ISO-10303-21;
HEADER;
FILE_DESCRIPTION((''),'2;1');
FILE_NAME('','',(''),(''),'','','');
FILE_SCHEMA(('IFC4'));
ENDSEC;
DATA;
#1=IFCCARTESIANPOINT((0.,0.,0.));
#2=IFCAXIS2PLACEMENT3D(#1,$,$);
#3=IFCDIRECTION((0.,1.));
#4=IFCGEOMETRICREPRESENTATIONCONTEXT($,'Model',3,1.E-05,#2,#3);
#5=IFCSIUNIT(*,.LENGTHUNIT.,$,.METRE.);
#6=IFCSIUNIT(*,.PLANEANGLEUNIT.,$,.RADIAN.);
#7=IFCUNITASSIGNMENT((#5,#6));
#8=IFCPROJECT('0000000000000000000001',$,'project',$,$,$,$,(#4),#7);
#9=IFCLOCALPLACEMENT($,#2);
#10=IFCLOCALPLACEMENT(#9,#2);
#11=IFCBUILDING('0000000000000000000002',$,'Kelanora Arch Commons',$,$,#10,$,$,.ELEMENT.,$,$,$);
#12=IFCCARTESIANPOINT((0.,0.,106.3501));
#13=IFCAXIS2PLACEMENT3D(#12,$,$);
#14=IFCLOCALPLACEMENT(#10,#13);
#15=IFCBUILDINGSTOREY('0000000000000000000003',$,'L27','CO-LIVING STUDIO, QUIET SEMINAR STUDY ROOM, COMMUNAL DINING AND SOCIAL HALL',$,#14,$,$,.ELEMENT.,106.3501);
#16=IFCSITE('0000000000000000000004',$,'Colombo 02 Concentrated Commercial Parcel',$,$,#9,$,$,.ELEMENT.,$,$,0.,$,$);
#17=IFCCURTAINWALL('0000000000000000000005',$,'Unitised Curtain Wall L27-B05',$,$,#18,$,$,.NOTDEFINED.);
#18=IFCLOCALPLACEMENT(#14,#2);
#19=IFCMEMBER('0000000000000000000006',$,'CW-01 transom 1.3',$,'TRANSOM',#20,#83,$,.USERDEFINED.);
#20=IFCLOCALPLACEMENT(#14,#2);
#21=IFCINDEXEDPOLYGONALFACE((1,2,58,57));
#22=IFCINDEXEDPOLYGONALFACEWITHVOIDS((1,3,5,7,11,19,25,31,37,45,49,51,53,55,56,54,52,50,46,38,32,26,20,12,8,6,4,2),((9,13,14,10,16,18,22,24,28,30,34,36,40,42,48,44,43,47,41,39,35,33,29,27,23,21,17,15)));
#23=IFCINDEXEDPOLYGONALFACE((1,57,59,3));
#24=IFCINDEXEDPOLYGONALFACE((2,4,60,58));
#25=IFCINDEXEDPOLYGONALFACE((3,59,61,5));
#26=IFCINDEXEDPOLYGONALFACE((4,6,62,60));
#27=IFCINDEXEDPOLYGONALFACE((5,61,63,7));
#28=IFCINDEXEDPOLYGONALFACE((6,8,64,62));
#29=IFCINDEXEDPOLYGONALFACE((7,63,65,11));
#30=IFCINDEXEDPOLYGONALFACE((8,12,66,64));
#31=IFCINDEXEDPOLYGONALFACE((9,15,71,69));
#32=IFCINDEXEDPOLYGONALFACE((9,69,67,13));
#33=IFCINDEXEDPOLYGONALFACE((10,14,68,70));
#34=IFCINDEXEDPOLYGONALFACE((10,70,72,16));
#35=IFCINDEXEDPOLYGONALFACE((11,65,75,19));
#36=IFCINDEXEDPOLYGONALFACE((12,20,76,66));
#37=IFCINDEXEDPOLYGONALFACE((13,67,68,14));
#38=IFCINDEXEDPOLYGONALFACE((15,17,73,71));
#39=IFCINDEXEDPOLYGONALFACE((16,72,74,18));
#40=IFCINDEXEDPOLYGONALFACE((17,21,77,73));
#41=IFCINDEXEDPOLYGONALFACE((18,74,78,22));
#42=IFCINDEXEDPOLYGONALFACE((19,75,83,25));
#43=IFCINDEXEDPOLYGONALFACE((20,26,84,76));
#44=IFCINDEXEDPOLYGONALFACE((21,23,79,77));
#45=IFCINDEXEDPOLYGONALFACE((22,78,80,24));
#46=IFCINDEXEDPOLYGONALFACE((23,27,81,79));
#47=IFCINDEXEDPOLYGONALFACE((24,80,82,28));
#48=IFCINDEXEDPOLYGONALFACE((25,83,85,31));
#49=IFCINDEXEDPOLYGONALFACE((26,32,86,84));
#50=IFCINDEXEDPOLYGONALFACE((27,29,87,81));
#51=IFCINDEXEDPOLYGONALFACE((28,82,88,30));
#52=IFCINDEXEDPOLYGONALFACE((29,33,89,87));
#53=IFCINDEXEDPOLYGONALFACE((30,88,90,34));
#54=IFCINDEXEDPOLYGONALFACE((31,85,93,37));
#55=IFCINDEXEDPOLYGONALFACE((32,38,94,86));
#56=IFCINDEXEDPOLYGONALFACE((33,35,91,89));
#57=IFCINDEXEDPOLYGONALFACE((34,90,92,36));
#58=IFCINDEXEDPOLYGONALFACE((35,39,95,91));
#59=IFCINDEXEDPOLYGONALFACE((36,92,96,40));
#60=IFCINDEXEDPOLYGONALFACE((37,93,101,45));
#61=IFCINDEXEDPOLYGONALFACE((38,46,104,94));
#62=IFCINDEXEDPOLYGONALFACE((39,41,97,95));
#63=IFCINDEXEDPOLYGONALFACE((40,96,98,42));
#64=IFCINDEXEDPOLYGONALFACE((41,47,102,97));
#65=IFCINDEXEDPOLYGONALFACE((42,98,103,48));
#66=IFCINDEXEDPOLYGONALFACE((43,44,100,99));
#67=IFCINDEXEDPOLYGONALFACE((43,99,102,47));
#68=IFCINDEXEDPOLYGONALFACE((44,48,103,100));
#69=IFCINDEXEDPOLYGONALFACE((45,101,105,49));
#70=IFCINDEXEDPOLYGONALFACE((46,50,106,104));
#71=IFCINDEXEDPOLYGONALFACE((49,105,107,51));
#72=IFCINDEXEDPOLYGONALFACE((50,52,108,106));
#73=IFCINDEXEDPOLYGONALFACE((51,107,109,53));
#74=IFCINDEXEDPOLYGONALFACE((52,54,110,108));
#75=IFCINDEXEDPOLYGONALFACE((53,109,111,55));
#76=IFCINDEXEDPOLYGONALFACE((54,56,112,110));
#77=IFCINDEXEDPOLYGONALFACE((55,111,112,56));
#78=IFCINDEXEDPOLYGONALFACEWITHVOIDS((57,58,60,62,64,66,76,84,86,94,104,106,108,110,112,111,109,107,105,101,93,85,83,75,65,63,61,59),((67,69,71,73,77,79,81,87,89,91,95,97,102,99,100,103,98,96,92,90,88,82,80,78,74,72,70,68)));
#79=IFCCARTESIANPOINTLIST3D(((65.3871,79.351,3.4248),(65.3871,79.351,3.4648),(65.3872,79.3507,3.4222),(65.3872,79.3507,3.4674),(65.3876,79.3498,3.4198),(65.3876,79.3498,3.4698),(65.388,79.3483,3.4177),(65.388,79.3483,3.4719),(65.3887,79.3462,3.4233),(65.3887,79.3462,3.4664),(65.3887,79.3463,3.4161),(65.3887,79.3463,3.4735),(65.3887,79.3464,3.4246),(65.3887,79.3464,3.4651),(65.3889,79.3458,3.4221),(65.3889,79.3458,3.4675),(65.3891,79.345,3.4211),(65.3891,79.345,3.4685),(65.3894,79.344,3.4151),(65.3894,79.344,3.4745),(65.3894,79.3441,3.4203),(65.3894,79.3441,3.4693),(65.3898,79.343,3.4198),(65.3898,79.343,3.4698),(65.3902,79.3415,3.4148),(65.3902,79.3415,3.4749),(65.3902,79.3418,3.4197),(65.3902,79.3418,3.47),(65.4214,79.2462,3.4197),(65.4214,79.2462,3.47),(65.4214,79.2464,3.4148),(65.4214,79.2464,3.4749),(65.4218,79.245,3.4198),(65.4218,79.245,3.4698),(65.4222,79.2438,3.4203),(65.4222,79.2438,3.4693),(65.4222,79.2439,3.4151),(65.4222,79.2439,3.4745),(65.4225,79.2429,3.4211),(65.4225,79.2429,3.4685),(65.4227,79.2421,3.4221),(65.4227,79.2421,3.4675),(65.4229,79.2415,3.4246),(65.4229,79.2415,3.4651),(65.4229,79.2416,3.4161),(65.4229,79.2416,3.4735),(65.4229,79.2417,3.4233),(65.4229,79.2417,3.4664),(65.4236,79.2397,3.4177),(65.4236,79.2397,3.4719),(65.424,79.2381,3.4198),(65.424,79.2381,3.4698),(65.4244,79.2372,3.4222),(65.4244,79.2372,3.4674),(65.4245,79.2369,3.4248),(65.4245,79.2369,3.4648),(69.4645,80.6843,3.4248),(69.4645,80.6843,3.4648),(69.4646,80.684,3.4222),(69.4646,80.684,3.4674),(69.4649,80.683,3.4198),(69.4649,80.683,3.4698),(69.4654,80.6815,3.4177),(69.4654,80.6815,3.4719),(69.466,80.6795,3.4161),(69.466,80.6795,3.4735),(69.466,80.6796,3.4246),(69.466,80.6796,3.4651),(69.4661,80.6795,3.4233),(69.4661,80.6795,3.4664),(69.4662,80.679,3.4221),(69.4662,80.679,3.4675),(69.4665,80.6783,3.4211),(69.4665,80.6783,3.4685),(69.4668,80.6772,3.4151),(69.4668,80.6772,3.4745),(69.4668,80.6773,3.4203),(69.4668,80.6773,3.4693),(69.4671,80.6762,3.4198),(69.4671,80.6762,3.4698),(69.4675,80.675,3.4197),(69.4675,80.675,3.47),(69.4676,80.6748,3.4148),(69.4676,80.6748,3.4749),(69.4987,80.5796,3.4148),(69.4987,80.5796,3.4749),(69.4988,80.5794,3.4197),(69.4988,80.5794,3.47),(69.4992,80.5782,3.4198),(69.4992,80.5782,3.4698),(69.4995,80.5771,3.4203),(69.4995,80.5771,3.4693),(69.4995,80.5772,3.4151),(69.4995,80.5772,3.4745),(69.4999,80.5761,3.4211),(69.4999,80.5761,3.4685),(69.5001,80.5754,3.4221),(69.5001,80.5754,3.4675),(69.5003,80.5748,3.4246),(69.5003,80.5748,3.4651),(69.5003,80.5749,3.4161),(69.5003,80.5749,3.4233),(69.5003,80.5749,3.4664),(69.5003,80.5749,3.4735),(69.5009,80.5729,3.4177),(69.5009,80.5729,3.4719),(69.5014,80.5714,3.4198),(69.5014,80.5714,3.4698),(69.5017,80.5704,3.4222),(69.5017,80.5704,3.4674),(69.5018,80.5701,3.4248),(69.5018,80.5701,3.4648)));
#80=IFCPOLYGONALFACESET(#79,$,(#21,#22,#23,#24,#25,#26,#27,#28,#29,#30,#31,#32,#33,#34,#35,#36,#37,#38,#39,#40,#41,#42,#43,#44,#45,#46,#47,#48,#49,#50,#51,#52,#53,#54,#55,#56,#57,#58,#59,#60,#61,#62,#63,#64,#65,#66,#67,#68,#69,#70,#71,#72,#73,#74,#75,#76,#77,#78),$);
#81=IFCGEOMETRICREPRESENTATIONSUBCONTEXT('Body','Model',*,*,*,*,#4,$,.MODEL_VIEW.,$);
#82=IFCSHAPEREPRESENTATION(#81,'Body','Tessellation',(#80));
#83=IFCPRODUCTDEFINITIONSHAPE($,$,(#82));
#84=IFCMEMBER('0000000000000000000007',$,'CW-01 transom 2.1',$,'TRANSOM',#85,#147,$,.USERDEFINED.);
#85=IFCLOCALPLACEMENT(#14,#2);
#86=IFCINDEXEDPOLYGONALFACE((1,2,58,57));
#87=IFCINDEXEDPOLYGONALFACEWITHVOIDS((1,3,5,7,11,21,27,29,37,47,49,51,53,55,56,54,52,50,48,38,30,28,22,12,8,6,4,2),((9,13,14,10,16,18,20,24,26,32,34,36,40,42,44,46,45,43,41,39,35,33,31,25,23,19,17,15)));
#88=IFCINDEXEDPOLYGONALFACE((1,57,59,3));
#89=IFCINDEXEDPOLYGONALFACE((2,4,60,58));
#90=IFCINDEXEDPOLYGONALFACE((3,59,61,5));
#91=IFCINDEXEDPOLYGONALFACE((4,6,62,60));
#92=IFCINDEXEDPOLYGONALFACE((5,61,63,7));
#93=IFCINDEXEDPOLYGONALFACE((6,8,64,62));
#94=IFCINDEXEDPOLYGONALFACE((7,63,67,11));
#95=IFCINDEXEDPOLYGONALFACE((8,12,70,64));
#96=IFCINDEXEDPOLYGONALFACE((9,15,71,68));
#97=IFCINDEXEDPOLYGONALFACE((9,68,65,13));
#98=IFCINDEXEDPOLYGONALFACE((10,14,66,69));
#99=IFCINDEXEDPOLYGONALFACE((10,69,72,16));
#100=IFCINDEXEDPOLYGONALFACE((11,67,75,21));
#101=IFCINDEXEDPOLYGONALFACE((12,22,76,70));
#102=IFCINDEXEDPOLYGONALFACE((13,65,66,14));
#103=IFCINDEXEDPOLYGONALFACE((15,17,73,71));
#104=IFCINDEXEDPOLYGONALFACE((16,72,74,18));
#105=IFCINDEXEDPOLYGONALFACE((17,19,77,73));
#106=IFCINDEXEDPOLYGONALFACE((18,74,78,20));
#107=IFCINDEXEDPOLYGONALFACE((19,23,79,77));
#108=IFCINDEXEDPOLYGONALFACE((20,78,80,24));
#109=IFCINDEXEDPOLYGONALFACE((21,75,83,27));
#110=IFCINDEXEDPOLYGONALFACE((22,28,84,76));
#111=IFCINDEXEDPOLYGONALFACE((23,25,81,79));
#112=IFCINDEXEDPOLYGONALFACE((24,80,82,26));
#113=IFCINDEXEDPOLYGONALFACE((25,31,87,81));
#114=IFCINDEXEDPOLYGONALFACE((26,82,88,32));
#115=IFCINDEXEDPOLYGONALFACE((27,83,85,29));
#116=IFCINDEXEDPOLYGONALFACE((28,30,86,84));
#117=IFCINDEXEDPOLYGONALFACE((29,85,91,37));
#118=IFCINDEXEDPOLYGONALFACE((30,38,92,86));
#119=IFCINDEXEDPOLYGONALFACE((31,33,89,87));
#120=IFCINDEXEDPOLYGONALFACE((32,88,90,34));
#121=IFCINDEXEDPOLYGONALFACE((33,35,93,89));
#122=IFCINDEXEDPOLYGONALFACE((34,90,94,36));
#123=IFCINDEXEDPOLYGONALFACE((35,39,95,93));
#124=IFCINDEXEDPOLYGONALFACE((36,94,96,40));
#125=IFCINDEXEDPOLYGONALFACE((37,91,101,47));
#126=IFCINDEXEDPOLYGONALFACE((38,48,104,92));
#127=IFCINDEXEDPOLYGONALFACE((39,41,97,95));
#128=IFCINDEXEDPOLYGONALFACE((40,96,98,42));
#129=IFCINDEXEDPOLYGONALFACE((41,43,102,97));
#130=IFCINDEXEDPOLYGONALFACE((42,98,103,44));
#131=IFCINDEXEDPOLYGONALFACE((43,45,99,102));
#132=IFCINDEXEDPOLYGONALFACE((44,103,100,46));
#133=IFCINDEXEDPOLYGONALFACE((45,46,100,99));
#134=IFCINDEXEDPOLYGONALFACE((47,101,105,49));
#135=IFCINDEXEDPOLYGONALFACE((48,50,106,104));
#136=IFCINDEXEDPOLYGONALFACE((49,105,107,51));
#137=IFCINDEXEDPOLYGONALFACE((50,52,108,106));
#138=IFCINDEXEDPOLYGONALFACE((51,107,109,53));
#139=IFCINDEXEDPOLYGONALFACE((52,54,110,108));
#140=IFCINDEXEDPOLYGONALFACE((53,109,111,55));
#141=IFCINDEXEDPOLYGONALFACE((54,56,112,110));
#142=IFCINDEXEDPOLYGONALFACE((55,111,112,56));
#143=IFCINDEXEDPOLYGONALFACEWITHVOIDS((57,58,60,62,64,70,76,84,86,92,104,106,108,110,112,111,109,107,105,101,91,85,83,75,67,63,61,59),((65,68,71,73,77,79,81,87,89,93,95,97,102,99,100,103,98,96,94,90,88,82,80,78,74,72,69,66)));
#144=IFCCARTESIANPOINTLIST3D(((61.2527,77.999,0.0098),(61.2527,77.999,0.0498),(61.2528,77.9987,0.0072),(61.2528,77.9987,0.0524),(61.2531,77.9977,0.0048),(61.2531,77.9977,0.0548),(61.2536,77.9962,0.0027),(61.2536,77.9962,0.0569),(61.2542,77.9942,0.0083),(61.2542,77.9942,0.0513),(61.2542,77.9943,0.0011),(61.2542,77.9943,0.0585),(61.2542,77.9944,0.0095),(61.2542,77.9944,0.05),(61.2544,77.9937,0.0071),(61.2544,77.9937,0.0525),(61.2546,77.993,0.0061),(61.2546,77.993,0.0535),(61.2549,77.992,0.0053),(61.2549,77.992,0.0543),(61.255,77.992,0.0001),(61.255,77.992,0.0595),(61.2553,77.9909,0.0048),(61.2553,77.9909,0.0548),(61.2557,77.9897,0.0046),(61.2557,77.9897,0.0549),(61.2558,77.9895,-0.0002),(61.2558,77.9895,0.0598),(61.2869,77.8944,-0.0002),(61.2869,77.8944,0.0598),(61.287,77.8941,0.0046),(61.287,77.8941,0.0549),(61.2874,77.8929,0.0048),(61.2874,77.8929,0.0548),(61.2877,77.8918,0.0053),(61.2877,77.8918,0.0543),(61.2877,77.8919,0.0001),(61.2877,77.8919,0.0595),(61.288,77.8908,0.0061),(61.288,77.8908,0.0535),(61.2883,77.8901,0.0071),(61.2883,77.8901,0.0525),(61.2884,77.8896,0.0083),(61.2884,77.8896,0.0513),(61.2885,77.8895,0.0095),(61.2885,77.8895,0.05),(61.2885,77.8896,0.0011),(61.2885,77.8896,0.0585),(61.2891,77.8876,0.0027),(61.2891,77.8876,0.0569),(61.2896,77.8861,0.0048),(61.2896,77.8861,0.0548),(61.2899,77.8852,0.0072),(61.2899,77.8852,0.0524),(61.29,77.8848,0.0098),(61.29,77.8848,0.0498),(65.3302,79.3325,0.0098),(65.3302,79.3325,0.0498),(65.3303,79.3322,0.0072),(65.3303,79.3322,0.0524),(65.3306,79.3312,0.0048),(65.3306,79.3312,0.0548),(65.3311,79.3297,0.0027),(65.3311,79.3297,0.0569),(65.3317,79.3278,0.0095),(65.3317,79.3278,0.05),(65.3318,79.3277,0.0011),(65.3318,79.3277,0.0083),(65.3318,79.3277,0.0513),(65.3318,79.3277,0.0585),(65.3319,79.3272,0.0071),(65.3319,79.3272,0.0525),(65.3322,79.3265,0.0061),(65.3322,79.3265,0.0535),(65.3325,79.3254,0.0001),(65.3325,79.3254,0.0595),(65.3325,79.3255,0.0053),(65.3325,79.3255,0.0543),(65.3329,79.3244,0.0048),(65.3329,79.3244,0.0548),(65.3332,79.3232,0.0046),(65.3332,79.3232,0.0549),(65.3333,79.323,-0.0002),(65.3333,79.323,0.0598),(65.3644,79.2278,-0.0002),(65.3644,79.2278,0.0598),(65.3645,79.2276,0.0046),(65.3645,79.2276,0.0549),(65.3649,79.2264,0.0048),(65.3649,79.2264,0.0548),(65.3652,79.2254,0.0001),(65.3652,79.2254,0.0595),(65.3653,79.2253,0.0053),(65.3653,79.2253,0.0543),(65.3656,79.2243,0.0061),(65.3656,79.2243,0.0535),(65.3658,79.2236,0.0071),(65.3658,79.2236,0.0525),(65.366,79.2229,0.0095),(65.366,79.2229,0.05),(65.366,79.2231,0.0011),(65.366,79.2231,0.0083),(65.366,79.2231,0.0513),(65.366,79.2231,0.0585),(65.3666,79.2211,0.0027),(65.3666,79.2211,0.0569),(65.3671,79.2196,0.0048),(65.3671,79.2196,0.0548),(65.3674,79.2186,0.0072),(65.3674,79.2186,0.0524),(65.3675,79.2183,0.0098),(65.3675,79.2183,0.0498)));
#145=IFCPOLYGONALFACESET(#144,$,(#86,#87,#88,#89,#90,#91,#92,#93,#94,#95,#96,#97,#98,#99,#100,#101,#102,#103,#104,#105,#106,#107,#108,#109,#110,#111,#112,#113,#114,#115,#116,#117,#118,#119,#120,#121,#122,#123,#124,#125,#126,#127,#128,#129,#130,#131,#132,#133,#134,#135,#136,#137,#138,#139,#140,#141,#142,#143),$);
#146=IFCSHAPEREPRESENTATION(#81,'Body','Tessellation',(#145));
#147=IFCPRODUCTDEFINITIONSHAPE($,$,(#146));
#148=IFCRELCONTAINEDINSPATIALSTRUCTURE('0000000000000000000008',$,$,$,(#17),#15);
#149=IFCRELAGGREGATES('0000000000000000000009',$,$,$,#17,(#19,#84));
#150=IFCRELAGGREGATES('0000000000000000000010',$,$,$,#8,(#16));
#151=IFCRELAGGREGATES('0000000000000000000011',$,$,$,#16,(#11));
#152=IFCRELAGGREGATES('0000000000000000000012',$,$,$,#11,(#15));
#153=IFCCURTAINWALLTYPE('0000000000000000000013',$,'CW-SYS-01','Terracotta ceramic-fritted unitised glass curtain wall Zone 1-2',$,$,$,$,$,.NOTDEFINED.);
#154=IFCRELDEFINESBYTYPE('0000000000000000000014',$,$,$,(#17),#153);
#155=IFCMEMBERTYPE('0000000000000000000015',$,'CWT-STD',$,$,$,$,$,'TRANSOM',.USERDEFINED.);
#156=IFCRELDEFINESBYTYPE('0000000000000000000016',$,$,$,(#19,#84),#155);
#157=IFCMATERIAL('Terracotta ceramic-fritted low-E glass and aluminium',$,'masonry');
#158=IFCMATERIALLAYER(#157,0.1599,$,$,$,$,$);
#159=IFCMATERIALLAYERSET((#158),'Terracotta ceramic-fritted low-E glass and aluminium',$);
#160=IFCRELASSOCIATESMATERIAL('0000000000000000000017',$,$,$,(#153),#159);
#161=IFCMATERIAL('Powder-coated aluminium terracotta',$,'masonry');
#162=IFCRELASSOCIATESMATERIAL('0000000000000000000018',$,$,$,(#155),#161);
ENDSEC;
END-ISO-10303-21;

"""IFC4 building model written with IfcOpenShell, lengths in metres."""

from ifc_helpers import new_model, si_unit, direction, frame, origin, origin_2d, place, context, subcontext, project, spatial, hollow_rectangle, extrude, material, layer, layer_set, material_profile, profile_set, type_object, element, aggregate, save


model = new_model("IFC4")

# Units and contexts
model_context = context("Model", 3, precision=1e-05, world=origin(), true_north=direction((0.0, 1.0)))
body_context = subcontext(model_context, "Body", "Model", "MODEL_VIEW")
ifc_project = project(units=[si_unit("LENGTHUNIT", "METRE"), si_unit("PLANEANGLEUNIT", "RADIAN")], contexts=[model_context])

# Site, building, storey
site_placement = place(None, origin())
site = spatial("IfcSite", under=ifc_project, at=site_placement, Name="Colombo 02 Concentrated Commercial Parcel", CompositionType="ELEMENT", RefElevation=0.0)
building_placement = place(site_placement, origin())
building = spatial("IfcBuilding", under=site, at=building_placement, Name="Kelanora Arch Commons", CompositionType="ELEMENT")
storey_placement = place(building_placement, frame((0.0, 0.0, 106.3501)))
storey = spatial("IfcBuildingStorey", under=building, at=storey_placement, Name="L27", Description="CO-LIVING STUDIO, QUIET SEMINAR STUDY ROOM, COMMUNAL DINING AND SOCIAL HALL", CompositionType="ELEMENT", Elevation=106.3501)

# Curtain wall, members
ifc_material_1 = material(Name="Terracotta ceramic-fritted low-E glass and aluminium", Category="masonry")
ifc_layer_1 = layer(ifc_material_1, 0.1599)
ifc_layer_set_1 = layer_set([ifc_layer_1], Name="Terracotta ceramic-fritted low-E glass and aluminium")
curtain_wall_type = type_object("IfcCurtainWallType", Name="CW-SYS-01", Description="Terracotta ceramic-fritted unitised glass curtain wall Zone 1-2", PredefinedType="NOTDEFINED", material=ifc_layer_set_1)
curtain_wall_placement = place(storey_placement, origin())
curtain_wall = element("IfcCurtainWall", 1, at=curtain_wall_placement, inside=storey, type_object=curtain_wall_type, Name="Unitised Curtain Wall L27-B05", PredefinedType="NOTDEFINED")
ifc_material_2 = material(Name="Powder-coated aluminium terracotta", Category="masonry")
ifc_material_profile_1 = material_profile(ifc_material_2, hollow_rectangle(XDim=0.1201, YDim=0.0601, WallThickness=0.0049, InnerFilletRadius=0.0049, OuterFilletRadius=0.01, at=origin_2d()), Name="CWT120x60")
ifc_profile_set_1 = profile_set([ifc_material_profile_1], Name="Powder-coated aluminium terracotta")
member_type_1 = type_object("IfcMemberType", Name="CWT-STD", ElementType="TRANSOM", PredefinedType="USERDEFINED", material=ifc_profile_set_1)
member_1_placement = place(storey_placement, frame((69.4832, 80.6272, 3.4448), z_axis=(-0.950478, -0.310793, 0.0), x_axis=(0.310793, -0.950478, 0.0)))
member_1 = element("IfcMember", 2, at=member_1_placement, type_object=member_type_1, Name="CW-01 transom 1.3", ObjectType="TRANSOM", PredefinedType="USERDEFINED", context=body_context, shape_type="SweptSolid", body=[
    extrude(hollow_rectangle(XDim=0.1201, YDim=0.0601, WallThickness=0.0049, InnerFilletRadius=0.0049, OuterFilletRadius=0.01, at=origin_2d()), origin(), (0.0, 0.0, 1.0), 4.2898),
])
member_2_placement = place(storey_placement, frame((65.3489, 79.2754, 0.0298), z_axis=(-0.950466, -0.310828, 0.0), x_axis=(0.310828, -0.950466, 0.0)))
member_2 = element("IfcMember", 3, at=member_2_placement, type_object=member_type_1, Name="CW-01 transom 2.1", ObjectType="TRANSOM", PredefinedType="USERDEFINED", context=body_context, shape_type="SweptSolid", body=[
    extrude(hollow_rectangle(XDim=0.1201, YDim=0.0601, WallThickness=0.0049, InnerFilletRadius=0.0049, OuterFilletRadius=0.01, at=origin_2d()), origin(), (0.0, 0.0, 1.0), 4.29),
])
aggregate(curtain_wall, [member_1, member_2])

save(model, "model.ifc")
